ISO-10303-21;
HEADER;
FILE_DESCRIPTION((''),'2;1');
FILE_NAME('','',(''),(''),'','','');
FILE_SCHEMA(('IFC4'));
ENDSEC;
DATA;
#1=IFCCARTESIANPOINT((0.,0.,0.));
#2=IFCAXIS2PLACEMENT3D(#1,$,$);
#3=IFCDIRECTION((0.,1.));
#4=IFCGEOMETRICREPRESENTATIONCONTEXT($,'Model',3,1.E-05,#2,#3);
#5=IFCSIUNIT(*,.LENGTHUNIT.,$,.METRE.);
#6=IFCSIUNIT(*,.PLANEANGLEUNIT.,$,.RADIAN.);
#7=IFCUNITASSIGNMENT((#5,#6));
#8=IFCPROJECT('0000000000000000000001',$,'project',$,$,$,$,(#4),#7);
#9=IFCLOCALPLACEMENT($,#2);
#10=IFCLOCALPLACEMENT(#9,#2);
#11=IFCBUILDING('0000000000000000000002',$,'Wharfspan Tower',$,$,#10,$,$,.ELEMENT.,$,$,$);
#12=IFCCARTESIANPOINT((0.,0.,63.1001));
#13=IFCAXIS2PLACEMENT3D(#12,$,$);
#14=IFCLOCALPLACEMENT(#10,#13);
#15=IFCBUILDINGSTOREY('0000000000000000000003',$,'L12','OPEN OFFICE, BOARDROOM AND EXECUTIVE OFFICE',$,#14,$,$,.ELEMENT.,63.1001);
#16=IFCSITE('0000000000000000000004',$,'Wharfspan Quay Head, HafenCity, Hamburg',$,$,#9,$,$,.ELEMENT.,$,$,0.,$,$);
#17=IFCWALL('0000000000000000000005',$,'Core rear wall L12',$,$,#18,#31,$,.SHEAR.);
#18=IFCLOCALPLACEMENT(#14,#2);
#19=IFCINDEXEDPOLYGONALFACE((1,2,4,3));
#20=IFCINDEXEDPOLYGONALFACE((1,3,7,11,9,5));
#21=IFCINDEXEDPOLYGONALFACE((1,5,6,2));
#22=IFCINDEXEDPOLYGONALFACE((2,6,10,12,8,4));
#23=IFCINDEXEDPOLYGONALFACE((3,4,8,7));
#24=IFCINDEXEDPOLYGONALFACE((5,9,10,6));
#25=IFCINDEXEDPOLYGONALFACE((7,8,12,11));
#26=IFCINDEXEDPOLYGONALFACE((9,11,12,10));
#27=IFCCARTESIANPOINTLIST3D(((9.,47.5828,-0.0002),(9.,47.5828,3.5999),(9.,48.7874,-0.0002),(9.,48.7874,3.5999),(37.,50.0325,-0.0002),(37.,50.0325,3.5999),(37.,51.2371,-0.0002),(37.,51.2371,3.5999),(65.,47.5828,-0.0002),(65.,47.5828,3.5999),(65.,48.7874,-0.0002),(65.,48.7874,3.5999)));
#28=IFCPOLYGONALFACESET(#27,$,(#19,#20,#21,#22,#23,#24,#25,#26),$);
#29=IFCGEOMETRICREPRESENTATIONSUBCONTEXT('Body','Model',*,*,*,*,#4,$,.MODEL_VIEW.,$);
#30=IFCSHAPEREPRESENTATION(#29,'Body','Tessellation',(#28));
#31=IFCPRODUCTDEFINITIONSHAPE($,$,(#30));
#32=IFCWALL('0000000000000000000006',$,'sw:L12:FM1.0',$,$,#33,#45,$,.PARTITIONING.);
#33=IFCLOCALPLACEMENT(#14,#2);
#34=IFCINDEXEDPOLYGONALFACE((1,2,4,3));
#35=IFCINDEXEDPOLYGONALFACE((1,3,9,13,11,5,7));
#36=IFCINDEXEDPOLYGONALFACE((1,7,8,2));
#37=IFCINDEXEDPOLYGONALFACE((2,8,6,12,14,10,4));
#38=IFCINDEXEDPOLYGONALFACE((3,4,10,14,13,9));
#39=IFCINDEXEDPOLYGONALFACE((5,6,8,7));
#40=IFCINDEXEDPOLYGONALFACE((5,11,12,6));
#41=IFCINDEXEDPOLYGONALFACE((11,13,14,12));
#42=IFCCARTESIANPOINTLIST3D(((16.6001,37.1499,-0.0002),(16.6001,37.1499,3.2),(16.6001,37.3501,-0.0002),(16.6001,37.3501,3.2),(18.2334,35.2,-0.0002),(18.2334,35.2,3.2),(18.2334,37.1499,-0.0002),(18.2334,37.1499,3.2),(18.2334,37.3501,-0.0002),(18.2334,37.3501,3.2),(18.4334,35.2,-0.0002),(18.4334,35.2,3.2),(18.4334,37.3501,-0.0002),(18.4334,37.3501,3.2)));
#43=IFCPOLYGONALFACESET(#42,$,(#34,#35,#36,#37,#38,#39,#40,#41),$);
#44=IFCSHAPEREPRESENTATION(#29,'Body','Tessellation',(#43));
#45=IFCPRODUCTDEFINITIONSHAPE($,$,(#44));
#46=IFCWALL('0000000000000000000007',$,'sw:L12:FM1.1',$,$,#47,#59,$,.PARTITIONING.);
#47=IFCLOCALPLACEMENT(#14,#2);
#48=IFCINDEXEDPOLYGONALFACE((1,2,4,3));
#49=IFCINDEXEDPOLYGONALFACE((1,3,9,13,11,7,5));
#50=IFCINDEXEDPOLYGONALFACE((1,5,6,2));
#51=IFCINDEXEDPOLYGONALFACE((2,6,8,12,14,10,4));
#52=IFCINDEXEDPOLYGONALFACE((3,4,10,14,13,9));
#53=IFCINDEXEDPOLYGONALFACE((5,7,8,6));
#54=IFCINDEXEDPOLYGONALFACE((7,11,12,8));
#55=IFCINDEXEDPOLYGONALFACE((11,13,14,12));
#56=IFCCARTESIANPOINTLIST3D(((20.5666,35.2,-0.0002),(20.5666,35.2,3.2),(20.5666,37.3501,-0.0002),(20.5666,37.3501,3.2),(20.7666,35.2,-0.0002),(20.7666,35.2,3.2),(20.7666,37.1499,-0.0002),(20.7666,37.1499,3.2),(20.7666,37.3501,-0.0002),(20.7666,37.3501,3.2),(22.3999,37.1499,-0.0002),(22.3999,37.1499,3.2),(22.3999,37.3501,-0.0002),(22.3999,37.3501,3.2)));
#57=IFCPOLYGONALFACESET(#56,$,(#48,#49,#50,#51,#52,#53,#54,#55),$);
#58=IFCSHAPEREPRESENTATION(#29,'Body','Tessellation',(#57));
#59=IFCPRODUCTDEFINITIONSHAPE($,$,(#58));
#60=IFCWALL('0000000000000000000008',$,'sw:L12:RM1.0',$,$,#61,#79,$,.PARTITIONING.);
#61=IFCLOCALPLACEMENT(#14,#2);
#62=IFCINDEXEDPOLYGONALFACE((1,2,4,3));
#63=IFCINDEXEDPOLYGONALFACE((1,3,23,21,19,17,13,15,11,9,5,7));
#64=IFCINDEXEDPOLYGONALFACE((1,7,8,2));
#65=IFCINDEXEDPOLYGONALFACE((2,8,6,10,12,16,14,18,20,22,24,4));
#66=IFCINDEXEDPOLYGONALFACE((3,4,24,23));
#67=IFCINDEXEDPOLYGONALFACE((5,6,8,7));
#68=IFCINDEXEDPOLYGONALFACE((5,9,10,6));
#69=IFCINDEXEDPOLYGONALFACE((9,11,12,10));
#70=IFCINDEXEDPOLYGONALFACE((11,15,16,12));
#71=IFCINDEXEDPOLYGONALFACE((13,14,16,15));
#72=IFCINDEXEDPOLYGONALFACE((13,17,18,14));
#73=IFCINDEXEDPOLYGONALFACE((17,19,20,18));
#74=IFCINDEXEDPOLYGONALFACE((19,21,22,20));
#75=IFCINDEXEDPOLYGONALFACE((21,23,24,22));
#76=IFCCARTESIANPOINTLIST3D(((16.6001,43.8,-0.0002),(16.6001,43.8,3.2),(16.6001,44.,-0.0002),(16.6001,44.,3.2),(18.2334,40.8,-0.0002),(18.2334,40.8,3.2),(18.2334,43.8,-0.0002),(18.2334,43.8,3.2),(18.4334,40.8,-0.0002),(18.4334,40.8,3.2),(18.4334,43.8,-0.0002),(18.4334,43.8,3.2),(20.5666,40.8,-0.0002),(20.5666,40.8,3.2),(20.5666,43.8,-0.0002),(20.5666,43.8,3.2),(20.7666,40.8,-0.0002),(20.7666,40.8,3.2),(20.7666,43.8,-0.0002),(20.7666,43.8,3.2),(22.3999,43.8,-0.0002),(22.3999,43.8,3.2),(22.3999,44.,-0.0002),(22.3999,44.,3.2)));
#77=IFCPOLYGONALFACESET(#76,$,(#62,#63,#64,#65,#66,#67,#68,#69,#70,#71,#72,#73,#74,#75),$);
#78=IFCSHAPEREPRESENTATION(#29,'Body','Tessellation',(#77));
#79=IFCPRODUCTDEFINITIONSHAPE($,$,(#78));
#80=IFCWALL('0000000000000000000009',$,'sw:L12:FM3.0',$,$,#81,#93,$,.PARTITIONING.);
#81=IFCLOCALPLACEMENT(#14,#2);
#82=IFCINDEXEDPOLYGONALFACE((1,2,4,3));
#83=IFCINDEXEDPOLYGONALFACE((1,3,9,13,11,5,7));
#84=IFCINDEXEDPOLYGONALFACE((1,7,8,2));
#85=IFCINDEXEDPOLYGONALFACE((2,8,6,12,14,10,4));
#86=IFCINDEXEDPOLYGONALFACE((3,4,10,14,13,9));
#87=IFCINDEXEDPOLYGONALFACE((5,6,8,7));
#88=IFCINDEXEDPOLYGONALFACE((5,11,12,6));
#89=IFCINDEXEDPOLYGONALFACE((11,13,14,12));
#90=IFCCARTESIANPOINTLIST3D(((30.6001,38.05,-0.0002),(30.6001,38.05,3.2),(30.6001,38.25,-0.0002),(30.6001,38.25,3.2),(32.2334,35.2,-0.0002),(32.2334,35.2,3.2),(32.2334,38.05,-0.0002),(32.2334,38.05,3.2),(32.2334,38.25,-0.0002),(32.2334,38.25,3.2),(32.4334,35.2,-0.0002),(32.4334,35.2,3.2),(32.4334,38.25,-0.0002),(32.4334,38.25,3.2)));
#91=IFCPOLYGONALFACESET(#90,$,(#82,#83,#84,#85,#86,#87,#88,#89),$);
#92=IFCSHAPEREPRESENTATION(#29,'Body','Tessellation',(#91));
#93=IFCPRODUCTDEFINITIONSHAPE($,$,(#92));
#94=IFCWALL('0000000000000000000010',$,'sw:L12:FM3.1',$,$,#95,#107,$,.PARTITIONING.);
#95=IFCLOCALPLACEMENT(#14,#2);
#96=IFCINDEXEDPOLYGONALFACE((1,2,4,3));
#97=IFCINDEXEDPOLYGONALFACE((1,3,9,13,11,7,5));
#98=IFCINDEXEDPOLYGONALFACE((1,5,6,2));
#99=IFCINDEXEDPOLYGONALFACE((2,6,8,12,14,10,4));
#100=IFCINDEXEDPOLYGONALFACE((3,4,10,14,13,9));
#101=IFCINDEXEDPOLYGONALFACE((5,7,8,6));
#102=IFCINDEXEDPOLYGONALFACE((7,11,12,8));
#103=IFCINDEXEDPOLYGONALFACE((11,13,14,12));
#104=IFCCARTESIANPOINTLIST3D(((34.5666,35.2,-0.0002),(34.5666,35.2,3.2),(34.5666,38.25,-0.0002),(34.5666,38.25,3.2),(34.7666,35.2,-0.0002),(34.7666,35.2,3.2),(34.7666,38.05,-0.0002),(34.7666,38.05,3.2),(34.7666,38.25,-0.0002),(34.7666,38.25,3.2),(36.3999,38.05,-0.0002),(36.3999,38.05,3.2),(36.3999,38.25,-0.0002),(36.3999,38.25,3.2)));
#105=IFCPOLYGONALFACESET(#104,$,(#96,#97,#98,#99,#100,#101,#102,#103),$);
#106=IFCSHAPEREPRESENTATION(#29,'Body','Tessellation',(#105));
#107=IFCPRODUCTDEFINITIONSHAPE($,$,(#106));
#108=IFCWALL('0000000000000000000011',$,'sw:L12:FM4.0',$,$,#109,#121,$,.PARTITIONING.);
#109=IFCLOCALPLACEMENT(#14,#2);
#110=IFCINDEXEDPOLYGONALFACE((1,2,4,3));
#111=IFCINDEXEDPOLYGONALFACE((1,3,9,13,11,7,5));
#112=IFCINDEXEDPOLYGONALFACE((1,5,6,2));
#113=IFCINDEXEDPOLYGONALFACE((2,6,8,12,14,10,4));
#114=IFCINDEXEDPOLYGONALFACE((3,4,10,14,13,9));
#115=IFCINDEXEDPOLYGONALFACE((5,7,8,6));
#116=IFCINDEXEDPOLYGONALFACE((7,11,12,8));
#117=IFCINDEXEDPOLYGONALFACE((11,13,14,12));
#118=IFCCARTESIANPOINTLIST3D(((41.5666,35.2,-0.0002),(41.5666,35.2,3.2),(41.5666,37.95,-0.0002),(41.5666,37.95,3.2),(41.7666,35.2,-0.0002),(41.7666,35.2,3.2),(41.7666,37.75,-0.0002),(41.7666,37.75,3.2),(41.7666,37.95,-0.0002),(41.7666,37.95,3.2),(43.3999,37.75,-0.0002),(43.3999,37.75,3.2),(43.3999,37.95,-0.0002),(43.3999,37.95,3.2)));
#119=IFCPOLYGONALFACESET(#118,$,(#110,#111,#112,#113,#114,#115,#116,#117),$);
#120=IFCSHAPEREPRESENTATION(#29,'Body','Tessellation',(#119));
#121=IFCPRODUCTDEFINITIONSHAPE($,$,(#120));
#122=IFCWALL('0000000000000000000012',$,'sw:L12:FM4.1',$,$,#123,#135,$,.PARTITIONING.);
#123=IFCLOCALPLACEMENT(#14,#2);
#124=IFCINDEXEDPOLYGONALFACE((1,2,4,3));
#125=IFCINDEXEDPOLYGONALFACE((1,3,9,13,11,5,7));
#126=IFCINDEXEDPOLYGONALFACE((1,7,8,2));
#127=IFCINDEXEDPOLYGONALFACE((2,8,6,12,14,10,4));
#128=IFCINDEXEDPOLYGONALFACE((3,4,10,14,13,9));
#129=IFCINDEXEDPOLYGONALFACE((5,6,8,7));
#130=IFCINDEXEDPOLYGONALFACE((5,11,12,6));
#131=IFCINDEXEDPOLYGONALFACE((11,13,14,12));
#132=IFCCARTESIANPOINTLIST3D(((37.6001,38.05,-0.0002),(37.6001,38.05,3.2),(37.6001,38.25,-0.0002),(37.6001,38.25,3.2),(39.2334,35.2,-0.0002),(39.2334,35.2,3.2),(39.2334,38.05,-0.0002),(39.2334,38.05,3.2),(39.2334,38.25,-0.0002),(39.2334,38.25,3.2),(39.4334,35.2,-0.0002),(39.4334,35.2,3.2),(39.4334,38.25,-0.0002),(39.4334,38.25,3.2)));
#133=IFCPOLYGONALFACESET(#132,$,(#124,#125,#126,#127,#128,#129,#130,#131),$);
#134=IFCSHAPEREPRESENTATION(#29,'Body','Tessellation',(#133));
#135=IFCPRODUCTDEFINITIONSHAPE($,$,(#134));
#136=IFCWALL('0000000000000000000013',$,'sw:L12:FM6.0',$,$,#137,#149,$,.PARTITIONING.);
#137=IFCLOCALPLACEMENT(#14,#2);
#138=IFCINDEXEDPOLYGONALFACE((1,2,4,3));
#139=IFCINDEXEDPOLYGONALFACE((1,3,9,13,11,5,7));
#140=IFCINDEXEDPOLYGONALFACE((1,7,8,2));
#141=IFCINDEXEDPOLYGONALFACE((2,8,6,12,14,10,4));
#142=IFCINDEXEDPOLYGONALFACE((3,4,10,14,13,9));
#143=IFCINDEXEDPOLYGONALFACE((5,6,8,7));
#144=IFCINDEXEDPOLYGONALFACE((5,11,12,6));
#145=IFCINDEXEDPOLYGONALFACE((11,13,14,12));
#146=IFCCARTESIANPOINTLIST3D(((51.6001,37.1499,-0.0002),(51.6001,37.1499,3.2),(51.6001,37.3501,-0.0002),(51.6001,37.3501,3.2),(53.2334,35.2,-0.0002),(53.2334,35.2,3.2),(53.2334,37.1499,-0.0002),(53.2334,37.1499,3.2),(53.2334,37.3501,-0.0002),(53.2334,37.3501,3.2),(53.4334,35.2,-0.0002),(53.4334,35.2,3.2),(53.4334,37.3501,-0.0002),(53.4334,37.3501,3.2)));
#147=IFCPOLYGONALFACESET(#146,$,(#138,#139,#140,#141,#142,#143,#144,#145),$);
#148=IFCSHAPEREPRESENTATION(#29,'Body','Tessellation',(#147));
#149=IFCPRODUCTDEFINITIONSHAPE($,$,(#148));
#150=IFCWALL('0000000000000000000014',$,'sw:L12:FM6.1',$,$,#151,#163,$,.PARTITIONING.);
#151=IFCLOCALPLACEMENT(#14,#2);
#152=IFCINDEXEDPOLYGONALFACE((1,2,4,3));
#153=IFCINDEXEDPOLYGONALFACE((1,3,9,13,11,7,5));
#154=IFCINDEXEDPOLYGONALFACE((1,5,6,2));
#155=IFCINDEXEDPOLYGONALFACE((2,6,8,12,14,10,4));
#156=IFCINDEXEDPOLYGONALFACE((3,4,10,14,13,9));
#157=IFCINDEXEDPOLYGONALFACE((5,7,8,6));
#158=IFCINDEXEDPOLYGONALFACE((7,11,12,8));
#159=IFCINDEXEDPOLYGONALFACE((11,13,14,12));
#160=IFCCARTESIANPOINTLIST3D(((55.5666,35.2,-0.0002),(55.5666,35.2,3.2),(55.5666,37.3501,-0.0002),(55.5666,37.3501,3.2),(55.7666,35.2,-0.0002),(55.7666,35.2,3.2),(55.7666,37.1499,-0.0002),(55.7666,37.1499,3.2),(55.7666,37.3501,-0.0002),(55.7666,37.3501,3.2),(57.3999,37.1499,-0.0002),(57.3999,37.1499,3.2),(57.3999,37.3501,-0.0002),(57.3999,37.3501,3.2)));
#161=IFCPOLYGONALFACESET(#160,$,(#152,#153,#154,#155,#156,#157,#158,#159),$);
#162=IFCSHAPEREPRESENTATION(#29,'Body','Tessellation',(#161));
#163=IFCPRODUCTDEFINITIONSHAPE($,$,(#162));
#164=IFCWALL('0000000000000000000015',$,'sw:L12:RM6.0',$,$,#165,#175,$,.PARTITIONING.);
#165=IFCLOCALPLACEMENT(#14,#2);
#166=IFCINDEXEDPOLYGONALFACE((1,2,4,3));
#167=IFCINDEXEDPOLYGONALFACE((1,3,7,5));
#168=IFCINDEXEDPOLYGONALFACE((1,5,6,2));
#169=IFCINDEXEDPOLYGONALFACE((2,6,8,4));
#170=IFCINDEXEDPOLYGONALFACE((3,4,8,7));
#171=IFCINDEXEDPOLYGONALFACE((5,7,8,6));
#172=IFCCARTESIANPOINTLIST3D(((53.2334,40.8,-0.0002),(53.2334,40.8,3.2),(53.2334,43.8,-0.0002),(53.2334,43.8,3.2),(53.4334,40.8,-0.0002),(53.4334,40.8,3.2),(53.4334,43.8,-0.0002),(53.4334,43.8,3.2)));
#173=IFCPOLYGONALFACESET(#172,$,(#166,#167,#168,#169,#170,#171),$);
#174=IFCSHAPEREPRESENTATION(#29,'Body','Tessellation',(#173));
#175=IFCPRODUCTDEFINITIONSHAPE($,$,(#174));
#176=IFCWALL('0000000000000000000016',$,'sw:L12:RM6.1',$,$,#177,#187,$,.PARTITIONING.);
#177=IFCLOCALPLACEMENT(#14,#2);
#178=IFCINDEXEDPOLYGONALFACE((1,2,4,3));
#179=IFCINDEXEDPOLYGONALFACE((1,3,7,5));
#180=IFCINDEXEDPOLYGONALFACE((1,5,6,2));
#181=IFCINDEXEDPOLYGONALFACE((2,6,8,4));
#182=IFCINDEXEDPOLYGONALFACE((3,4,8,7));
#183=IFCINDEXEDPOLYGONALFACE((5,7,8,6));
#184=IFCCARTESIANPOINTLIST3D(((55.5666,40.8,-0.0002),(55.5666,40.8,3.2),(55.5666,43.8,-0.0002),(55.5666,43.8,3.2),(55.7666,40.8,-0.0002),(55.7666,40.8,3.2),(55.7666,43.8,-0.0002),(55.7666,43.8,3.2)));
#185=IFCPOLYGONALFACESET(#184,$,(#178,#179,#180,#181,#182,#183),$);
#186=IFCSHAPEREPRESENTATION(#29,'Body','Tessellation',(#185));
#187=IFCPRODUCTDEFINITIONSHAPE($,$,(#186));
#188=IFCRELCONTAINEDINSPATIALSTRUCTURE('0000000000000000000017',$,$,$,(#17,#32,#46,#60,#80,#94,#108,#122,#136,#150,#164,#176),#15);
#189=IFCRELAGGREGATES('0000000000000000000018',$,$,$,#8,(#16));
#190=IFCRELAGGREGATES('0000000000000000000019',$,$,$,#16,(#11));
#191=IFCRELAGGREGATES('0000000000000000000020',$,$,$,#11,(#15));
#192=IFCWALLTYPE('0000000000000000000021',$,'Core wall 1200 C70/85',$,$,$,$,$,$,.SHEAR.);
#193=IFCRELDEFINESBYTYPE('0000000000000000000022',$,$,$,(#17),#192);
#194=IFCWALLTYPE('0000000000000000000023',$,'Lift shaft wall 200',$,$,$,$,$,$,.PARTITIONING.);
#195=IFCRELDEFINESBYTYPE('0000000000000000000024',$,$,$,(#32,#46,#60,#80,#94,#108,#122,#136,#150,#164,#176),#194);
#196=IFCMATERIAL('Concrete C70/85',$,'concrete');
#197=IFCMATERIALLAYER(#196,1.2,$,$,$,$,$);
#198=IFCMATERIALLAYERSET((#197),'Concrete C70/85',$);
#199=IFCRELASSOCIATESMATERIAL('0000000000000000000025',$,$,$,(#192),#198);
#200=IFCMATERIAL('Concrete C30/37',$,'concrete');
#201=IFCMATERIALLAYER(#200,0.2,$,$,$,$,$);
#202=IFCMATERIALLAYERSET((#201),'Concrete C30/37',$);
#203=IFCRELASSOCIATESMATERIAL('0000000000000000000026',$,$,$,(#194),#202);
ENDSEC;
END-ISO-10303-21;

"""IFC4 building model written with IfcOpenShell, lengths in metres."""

from ifc_helpers import new_model, si_unit, direction, frame, origin, place, context, subcontext, project, spatial, polyline, outline, extrude, material, layer, layer_set, type_object, element, save


model = new_model("IFC4")

# Units and contexts
model_context = context("Model", 3, precision=1e-05, world=origin(), true_north=direction((0.0, 1.0)))
body_context = subcontext(model_context, "Body", "Model", "MODEL_VIEW")
ifc_project = project(units=[si_unit("LENGTHUNIT", "METRE"), si_unit("PLANEANGLEUNIT", "RADIAN")], contexts=[model_context])

# Site, building, storey
site_placement = place(None, origin())
site = spatial("IfcSite", under=ifc_project, at=site_placement, Name="Wharfspan Quay Head, HafenCity, Hamburg", CompositionType="ELEMENT", RefElevation=0.0)
building_placement = place(site_placement, origin())
building = spatial("IfcBuilding", under=site, at=building_placement, Name="Wharfspan Tower", CompositionType="ELEMENT")
storey_placement = place(building_placement, frame((0.0, 0.0, 63.1001)))
storey = spatial("IfcBuildingStorey", under=building, at=storey_placement, Name="L12", Description="OPEN OFFICE, BOARDROOM AND EXECUTIVE OFFICE", CompositionType="ELEMENT", Elevation=63.1001)

# Walls
ifc_material_1 = material(Name="Concrete C70/85", Category="concrete")
ifc_layer_1 = layer(ifc_material_1, 1.2)
ifc_layer_set_1 = layer_set([ifc_layer_1], Name="Concrete C70/85")
wall_type_1 = type_object("IfcWallType", Name="Core wall 1200 C70/85", PredefinedType="SHEAR", material=ifc_layer_set_1)
wall_1_placement = place(storey_placement, frame((0.0, 0.0, -0.0002)))
element("IfcWall", 1, at=wall_1_placement, inside=storey, type_object=wall_type_1, Name="Core rear wall L12", PredefinedType="SHEAR", context=body_context, shape_type="SweptSolid", body=[
    extrude(outline(polyline([(9.0, 47.5828), (37.0, 50.0325), (65.0, 47.5828), (65.0, 48.7874), (37.0, 51.2371), (9.0, 48.7874), (9.0, 47.5828)])), origin(), (0.0, 0.0, 1.0), 3.6001),
])
ifc_material_2 = material(Name="Concrete C30/37", Category="concrete")
ifc_layer_2 = layer(ifc_material_2, 0.2)
ifc_layer_set_2 = layer_set([ifc_layer_2], Name="Concrete C30/37")
wall_type_2 = type_object("IfcWallType", Name="Lift shaft wall 200", PredefinedType="PARTITIONING", material=ifc_layer_set_2)
wall_2_placement = place(storey_placement, frame((0.0, 0.0, -0.0002)))
element("IfcWall", 2, at=wall_2_placement, inside=storey, type_object=wall_type_2, Name="sw:L12:FM1.0", PredefinedType="PARTITIONING", context=body_context, shape_type="SweptSolid", body=[
    extrude(outline(polyline([(18.2334, 37.1499), (16.6001, 37.1499), (16.6001, 37.3501), (18.2334, 37.3501), (18.4334, 37.3501), (18.4334, 35.2), (18.2334, 35.2), (18.2334, 37.1499)])), origin(), (0.0, 0.0, 1.0), 3.2002),
])
wall_3_placement = place(storey_placement, frame((0.0, 0.0, -0.0002)))
element("IfcWall", 3, at=wall_3_placement, inside=storey, type_object=wall_type_2, Name="sw:L12:FM1.1", PredefinedType="PARTITIONING", context=body_context, shape_type="SweptSolid", body=[
    extrude(outline(polyline([(20.5666, 37.3501), (20.7666, 37.3501), (22.3999, 37.3501), (22.3999, 37.1499), (20.7666, 37.1499), (20.7666, 35.2), (20.5666, 35.2), (20.5666, 37.3501)])), origin(), (0.0, 0.0, 1.0), 3.2002),
])
wall_4_placement = place(storey_placement, frame((0.0, 0.0, -0.0002)))
element("IfcWall", 4, at=wall_4_placement, inside=storey, type_object=wall_type_2, Name="sw:L12:RM1.0", PredefinedType="PARTITIONING", context=body_context, shape_type="SweptSolid", body=[
    extrude(outline(polyline([(18.4334, 40.8), (18.2334, 40.8), (18.2334, 43.8), (16.6001, 43.8), (16.6001, 44.0), (22.3999, 44.0), (22.3999, 43.8), (20.7666, 43.8), (20.7666, 40.8), (20.5666, 40.8), (20.5666, 43.8), (18.4334, 43.8), (18.4334, 40.8)])), origin(), (0.0, 0.0, 1.0), 3.2002),
])
wall_5_placement = place(storey_placement, frame((0.0, 0.0, -0.0002)))
element("IfcWall", 5, at=wall_5_placement, inside=storey, type_object=wall_type_2, Name="sw:L12:FM3.0", PredefinedType="PARTITIONING", context=body_context, shape_type="SweptSolid", body=[
    extrude(outline(polyline([(32.2334, 38.05), (30.6001, 38.05), (30.6001, 38.25), (32.2334, 38.25), (32.4333, 38.25), (32.4333, 35.2), (32.2334, 35.2), (32.2334, 38.05)])), origin(), (0.0, 0.0, 1.0), 3.2002),
])
wall_6_placement = place(storey_placement, frame((0.0, 0.0, -0.0002)))
element("IfcWall", 6, at=wall_6_placement, inside=storey, type_object=wall_type_2, Name="sw:L12:FM3.1", PredefinedType="PARTITIONING", context=body_context, shape_type="SweptSolid", body=[
    extrude(outline(polyline([(34.5667, 38.25), (34.7666, 38.25), (36.3999, 38.25), (36.3999, 38.05), (34.7666, 38.05), (34.7666, 35.2), (34.5667, 35.2), (34.5667, 38.25)])), origin(), (0.0, 0.0, 1.0), 3.2002),
])
wall_7_placement = place(storey_placement, frame((0.0, 0.0, -0.0002)))
element("IfcWall", 7, at=wall_7_placement, inside=storey, type_object=wall_type_2, Name="sw:L12:FM4.0", PredefinedType="PARTITIONING", context=body_context, shape_type="SweptSolid", body=[
    extrude(outline(polyline([(41.5667, 37.95), (41.7666, 37.95), (43.3999, 37.95), (43.3999, 37.75), (41.7666, 37.75), (41.7666, 35.2), (41.5667, 35.2), (41.5667, 37.95)])), origin(), (0.0, 0.0, 1.0), 3.2002),
])
wall_8_placement = place(storey_placement, frame((0.0, 0.0, -0.0002)))
element("IfcWall", 8, at=wall_8_placement, inside=storey, type_object=wall_type_2, Name="sw:L12:FM4.1", PredefinedType="PARTITIONING", context=body_context, shape_type="SweptSolid", body=[
    extrude(outline(polyline([(39.2334, 38.05), (37.6001, 38.05), (37.6001, 38.25), (39.2334, 38.25), (39.4333, 38.25), (39.4333, 35.2), (39.2334, 35.2), (39.2334, 38.05)])), origin(), (0.0, 0.0, 1.0), 3.2002),
])
wall_9_placement = place(storey_placement, frame((0.0, 0.0, -0.0002)))
element("IfcWall", 9, at=wall_9_placement, inside=storey, type_object=wall_type_2, Name="sw:L12:FM6.0", PredefinedType="PARTITIONING", context=body_context, shape_type="SweptSolid", body=[
    extrude(outline(polyline([(53.2334, 37.1499), (51.6001, 37.1499), (51.6001, 37.3501), (53.2334, 37.3501), (53.4333, 37.3501), (53.4333, 35.2), (53.2334, 35.2), (53.2334, 37.1499)])), origin(), (0.0, 0.0, 1.0), 3.2002),
])
wall_10_placement = place(storey_placement, frame((0.0, 0.0, -0.0002)))
element("IfcWall", 10, at=wall_10_placement, inside=storey, type_object=wall_type_2, Name="sw:L12:FM6.1", PredefinedType="PARTITIONING", context=body_context, shape_type="SweptSolid", body=[
    extrude(outline(polyline([(55.5667, 37.3501), (55.7666, 37.3501), (57.3999, 37.3501), (57.3999, 37.1499), (55.7666, 37.1499), (55.7666, 35.2), (55.5667, 35.2), (55.5667, 37.3501)])), origin(), (0.0, 0.0, 1.0), 3.2002),
])
wall_11_placement = place(storey_placement, frame((0.0, 0.0, -0.0002)))
element("IfcWall", 11, at=wall_11_placement, inside=storey, type_object=wall_type_2, Name="sw:L12:RM6.0", PredefinedType="PARTITIONING", context=body_context, shape_type="SweptSolid", body=[
    extrude(outline(polyline([(53.2334, 40.8), (53.2334, 43.8), (53.4333, 43.8), (53.4333, 40.8), (53.2334, 40.8)])), origin(), (0.0, 0.0, 1.0), 3.2002),
])
wall_12_placement = place(storey_placement, frame((0.0, 0.0, -0.0002)))
element("IfcWall", 12, at=wall_12_placement, inside=storey, type_object=wall_type_2, Name="sw:L12:RM6.1", PredefinedType="PARTITIONING", context=body_context, shape_type="SweptSolid", body=[
    extrude(outline(polyline([(55.5667, 40.8), (55.5667, 43.8), (55.7666, 43.8), (55.7666, 40.8), (55.5667, 40.8)])), origin(), (0.0, 0.0, 1.0), 3.2002),
])

save(model, "model.ifc")
